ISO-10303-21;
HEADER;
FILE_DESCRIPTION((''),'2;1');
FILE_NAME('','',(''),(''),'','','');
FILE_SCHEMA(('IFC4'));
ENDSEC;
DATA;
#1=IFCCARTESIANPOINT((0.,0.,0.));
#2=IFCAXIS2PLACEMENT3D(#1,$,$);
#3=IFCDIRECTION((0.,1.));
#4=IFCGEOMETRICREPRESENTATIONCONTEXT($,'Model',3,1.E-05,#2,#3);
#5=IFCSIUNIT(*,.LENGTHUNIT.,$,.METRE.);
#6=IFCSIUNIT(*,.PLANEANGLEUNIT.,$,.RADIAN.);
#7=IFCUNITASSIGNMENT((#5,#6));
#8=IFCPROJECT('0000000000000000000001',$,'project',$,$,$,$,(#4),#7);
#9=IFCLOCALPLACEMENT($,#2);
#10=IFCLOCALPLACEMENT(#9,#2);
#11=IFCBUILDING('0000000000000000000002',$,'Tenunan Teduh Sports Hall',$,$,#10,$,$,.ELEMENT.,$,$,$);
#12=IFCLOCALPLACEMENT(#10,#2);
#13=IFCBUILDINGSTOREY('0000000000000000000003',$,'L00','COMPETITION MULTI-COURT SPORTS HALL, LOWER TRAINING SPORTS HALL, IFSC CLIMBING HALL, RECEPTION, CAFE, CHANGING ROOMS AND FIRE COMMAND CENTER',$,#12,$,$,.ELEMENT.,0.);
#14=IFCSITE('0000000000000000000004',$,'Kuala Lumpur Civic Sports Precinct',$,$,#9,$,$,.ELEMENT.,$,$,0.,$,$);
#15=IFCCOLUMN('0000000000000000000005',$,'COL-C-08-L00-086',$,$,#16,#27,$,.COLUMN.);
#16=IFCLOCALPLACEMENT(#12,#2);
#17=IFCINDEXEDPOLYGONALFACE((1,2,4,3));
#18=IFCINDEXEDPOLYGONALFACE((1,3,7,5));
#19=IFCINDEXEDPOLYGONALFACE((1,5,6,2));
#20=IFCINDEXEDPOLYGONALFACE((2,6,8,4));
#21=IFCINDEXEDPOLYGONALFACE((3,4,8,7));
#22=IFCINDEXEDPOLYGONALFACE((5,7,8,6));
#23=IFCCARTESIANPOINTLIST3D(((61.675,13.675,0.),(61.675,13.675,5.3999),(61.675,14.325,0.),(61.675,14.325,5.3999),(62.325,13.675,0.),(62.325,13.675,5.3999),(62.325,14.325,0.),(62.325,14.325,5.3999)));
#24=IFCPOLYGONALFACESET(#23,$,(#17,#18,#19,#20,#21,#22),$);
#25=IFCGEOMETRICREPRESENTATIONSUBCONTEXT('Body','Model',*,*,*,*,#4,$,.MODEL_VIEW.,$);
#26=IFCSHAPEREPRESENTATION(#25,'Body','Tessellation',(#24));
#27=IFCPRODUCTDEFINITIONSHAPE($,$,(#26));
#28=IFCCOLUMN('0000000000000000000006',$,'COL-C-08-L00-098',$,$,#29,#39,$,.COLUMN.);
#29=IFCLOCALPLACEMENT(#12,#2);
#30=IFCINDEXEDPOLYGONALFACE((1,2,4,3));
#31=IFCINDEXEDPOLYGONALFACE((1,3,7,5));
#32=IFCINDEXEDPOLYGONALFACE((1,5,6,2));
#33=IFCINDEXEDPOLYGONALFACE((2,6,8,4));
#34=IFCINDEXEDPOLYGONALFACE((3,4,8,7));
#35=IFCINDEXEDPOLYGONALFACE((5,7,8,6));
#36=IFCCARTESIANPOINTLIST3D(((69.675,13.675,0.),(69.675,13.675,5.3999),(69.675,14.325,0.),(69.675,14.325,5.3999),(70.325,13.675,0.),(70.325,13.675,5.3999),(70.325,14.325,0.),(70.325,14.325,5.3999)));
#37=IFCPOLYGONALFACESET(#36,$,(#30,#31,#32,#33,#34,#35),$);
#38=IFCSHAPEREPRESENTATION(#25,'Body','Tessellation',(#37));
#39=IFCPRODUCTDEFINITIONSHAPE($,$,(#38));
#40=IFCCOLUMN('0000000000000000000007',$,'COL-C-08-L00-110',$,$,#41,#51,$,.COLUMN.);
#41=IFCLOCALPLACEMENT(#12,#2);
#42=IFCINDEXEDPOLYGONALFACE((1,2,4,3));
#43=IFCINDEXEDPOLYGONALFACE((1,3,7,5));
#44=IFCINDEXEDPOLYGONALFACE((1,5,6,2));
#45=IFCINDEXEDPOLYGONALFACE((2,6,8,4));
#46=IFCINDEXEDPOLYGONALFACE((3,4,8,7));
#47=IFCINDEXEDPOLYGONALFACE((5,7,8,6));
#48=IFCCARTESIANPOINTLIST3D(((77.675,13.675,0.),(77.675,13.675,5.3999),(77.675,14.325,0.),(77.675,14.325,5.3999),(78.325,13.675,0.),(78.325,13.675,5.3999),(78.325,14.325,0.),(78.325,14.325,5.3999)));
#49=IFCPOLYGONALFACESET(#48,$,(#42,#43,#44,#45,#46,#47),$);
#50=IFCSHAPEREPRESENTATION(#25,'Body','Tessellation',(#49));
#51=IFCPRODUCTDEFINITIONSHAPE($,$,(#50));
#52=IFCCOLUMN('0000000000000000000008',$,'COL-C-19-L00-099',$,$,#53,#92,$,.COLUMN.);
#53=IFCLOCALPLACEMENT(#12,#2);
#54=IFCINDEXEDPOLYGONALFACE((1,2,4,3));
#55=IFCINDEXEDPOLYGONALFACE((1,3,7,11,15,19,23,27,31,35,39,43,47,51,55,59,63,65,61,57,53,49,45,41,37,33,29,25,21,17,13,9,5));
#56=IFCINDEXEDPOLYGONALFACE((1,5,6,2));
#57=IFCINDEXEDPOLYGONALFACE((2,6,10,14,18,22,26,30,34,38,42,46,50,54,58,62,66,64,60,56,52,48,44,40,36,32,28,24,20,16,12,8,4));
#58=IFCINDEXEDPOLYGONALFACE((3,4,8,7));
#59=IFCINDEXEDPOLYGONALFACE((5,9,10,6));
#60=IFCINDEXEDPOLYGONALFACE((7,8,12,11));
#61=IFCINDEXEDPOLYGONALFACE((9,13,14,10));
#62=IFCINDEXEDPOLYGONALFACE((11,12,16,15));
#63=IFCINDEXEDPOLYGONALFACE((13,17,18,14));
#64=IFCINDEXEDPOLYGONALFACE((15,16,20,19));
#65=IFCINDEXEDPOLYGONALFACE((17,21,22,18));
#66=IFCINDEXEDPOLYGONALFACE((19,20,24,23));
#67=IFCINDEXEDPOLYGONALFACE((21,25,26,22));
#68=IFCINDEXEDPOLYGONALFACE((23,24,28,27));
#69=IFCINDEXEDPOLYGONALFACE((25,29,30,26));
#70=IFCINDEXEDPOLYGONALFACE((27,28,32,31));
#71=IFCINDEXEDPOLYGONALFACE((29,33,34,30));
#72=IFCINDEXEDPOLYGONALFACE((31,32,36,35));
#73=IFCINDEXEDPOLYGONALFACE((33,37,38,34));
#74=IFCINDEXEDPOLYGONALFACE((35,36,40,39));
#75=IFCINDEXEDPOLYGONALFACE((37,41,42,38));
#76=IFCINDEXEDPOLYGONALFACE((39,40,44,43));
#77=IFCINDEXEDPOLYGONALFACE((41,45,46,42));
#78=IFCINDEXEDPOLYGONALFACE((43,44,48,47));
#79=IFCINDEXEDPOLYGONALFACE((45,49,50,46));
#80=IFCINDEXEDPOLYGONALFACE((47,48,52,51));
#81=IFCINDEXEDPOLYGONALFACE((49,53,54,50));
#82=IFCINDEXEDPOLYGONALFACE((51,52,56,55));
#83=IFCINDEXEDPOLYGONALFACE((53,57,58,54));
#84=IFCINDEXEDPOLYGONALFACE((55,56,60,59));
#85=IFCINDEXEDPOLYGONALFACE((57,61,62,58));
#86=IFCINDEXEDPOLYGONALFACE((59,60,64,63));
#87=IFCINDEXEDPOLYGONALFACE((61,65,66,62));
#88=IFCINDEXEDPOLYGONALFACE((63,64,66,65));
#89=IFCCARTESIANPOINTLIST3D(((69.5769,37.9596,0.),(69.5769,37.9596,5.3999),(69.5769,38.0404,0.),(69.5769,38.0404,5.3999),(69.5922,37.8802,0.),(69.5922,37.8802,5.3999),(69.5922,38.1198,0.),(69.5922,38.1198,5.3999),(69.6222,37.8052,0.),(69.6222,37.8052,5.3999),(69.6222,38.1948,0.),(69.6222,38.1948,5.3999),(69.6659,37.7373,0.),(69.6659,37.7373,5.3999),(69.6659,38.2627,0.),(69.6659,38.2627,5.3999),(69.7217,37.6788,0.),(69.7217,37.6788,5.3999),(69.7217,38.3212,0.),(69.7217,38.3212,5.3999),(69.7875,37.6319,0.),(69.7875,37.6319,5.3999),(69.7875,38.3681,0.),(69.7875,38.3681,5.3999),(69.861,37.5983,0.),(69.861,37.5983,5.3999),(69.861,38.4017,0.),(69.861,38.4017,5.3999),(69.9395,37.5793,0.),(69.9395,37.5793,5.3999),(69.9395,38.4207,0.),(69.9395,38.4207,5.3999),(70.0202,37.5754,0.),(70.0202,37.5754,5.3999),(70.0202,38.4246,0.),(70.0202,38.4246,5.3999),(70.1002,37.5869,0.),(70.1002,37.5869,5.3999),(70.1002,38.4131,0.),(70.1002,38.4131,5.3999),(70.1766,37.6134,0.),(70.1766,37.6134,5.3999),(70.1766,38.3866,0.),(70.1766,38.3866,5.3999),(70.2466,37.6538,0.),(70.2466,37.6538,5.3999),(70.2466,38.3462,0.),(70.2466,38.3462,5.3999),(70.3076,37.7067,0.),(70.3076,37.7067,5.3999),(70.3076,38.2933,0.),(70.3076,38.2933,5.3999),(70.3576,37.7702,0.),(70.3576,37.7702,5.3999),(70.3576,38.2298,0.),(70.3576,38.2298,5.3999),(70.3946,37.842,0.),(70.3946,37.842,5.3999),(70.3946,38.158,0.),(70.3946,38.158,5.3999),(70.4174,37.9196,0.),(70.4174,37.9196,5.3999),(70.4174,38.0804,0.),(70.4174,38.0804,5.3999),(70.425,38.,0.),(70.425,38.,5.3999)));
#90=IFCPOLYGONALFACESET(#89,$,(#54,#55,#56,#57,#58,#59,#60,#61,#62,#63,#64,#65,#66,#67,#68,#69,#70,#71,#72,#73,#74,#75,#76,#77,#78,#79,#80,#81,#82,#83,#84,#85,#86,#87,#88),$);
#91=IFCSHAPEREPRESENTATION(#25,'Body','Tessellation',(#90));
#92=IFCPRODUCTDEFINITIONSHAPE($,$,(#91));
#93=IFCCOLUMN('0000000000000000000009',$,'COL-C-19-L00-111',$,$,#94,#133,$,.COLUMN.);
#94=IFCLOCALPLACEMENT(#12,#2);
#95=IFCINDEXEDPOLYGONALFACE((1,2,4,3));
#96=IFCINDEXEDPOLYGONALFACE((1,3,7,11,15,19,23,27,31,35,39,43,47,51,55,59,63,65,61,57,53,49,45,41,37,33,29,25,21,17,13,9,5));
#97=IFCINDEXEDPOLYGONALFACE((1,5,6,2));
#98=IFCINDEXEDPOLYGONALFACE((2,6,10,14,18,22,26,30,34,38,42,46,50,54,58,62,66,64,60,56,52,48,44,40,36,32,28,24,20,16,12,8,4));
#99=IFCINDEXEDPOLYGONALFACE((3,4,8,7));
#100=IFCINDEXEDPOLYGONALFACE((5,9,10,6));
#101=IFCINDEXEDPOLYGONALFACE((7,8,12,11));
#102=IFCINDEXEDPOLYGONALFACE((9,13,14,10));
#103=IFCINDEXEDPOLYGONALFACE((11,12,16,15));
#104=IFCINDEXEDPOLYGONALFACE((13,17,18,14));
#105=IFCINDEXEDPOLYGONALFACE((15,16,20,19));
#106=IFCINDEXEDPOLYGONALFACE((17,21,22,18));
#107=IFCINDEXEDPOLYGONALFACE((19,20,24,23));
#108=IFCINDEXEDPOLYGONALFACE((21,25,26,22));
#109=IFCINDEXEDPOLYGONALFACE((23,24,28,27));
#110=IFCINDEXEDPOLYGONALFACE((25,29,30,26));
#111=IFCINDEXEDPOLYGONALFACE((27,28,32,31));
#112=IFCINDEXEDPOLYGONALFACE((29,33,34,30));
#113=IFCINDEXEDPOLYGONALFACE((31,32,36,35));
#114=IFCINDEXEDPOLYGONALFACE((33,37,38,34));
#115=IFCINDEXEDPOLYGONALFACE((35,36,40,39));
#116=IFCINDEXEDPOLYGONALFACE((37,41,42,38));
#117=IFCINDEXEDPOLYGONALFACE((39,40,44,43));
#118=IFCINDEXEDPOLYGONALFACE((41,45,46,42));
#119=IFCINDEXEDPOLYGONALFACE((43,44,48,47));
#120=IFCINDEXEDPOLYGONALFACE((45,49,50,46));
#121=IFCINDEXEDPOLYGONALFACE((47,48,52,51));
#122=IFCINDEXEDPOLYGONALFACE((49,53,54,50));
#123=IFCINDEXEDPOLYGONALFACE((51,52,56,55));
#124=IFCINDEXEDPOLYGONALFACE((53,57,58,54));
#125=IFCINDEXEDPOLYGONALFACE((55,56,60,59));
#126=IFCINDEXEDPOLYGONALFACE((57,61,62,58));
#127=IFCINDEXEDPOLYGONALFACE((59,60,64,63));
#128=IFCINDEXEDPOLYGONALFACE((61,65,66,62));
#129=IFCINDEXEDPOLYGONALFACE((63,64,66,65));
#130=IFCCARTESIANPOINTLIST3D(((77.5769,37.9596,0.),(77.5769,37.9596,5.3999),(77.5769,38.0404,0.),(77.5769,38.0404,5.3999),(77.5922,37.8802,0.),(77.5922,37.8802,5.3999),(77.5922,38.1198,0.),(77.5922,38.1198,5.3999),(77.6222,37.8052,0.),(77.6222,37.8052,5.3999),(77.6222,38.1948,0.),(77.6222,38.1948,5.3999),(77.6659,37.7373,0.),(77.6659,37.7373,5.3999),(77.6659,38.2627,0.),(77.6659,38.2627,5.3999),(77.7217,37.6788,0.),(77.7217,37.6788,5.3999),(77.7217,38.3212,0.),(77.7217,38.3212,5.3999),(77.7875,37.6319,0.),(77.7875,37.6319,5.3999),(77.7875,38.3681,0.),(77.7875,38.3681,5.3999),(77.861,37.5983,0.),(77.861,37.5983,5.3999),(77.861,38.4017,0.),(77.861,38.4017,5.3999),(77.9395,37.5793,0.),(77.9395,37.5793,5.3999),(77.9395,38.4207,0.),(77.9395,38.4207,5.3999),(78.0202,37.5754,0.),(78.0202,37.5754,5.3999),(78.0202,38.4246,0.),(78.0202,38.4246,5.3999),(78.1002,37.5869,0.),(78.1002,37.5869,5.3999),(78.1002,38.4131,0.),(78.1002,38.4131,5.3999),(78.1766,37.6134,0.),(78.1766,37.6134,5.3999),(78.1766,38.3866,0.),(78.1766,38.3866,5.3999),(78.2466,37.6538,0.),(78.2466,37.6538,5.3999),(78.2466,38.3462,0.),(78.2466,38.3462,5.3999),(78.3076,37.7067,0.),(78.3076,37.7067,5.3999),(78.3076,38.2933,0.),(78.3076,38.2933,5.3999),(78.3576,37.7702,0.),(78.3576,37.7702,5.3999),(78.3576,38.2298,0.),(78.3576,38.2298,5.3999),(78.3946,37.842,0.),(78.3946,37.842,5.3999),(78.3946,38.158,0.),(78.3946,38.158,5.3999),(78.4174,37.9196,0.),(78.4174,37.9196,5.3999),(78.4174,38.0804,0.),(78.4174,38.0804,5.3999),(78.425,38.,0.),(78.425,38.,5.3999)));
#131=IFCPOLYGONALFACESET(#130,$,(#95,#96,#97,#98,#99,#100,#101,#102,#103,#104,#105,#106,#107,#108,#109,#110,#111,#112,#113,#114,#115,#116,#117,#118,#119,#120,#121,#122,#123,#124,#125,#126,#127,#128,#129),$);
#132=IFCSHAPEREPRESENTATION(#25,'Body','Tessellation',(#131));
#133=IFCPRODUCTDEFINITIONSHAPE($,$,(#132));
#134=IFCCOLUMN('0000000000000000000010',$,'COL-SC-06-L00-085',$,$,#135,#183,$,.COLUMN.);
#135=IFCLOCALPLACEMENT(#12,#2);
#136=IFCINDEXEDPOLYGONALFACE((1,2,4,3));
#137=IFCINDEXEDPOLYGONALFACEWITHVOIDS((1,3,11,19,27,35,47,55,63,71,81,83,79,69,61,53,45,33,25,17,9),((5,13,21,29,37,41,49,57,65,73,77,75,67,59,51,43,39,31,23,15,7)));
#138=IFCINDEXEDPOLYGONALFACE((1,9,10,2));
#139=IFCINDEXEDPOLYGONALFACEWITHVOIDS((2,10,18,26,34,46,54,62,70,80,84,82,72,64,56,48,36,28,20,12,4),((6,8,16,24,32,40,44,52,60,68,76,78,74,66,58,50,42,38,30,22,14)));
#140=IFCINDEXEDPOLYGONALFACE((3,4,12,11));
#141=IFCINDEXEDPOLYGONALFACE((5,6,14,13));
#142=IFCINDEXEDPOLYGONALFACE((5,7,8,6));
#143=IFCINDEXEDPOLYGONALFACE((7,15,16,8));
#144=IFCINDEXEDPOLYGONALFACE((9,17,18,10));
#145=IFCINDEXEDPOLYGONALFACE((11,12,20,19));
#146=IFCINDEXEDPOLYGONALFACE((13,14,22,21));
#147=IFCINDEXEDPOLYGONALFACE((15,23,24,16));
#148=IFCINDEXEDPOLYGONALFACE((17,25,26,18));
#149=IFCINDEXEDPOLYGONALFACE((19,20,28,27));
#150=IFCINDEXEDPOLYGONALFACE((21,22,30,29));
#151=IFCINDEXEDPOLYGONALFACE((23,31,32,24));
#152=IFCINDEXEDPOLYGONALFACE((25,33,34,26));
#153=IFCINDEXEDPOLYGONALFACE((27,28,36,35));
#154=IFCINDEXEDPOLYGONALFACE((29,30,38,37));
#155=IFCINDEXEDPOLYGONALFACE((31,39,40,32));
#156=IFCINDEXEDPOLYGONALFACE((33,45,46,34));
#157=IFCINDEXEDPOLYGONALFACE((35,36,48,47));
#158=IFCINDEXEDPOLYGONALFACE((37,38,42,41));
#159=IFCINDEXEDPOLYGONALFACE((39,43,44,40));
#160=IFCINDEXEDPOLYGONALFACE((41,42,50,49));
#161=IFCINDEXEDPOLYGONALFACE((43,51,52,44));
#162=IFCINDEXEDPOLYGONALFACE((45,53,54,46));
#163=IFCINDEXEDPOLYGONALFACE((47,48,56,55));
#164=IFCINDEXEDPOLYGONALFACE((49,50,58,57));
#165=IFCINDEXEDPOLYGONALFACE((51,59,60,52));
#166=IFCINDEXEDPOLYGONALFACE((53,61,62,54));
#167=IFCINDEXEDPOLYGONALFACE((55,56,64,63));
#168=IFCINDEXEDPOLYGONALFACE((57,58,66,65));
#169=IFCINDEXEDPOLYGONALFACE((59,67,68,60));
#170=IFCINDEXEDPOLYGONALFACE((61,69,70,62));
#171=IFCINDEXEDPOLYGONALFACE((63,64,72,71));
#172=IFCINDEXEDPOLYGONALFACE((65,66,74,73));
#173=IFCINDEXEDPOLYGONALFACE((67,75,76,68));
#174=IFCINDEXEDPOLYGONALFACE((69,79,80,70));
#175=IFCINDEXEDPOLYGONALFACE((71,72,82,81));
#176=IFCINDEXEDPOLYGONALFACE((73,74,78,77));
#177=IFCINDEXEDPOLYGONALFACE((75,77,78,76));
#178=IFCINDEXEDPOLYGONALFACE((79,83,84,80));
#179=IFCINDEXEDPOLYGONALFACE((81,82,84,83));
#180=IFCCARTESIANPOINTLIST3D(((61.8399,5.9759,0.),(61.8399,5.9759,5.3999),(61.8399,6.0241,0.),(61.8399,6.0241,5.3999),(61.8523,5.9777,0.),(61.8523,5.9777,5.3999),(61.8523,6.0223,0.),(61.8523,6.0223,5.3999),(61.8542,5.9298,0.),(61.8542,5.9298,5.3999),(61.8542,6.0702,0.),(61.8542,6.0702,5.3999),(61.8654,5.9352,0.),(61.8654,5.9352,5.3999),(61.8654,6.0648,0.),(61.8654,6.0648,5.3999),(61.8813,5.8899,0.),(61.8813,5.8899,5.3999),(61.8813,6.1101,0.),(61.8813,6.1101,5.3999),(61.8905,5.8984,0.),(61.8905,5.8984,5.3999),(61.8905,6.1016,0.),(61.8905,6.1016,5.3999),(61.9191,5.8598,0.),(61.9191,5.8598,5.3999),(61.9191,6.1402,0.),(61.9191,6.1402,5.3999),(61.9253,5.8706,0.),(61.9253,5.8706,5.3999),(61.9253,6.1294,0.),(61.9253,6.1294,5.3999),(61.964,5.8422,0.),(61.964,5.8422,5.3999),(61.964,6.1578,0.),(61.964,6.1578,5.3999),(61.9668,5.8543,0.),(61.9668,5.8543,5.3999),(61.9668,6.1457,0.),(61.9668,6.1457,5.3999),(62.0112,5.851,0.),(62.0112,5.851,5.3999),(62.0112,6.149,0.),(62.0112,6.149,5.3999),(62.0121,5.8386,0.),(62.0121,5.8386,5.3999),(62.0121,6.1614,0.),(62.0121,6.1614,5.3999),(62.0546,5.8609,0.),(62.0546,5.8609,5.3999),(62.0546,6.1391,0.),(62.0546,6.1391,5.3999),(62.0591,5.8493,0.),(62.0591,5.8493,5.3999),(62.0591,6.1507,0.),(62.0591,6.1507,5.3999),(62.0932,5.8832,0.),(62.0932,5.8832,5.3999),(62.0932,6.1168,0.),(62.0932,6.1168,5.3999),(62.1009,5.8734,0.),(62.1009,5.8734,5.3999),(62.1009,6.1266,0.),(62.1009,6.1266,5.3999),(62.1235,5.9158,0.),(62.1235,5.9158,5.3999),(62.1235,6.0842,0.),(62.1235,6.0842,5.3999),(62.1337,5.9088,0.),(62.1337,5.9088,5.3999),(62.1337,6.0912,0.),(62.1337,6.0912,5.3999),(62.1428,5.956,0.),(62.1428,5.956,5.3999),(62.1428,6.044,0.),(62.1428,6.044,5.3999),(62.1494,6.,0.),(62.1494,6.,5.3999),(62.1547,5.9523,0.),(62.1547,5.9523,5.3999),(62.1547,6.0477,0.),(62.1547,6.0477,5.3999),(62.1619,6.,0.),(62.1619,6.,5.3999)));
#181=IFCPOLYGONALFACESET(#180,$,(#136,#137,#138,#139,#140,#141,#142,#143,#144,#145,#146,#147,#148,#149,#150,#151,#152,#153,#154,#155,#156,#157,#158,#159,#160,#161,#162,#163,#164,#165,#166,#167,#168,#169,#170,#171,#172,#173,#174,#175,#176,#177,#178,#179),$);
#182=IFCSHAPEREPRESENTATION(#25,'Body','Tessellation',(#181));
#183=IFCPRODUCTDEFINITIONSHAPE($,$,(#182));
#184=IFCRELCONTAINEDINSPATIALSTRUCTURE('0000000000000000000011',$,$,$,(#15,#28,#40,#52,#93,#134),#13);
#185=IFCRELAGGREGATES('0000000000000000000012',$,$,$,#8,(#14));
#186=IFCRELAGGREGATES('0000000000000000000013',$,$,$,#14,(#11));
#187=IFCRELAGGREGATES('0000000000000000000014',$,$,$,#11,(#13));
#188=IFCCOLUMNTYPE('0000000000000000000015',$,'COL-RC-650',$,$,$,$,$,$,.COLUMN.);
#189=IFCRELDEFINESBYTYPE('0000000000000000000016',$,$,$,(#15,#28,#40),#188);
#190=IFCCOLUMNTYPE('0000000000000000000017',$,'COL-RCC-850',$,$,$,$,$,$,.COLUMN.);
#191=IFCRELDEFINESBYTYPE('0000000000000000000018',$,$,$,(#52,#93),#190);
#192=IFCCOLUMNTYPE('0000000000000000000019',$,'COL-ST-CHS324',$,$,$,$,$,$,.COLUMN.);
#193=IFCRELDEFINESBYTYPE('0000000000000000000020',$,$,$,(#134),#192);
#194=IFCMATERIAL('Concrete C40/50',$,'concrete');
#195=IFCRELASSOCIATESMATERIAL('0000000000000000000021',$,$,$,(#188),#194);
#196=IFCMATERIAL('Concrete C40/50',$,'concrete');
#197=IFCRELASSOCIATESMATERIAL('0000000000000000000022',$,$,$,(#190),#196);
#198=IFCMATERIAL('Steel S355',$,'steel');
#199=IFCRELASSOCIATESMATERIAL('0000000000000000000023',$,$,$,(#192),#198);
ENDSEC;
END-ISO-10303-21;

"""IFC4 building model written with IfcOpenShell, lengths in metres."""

from ifc_helpers import new_model, si_unit, direction, frame, origin, origin_2d, place, context, subcontext, project, spatial, rectangle, circle, hollow_circle, extrude, material, material_profile, profile_set, type_object, element, save


model = new_model("IFC4")

# Units and contexts
model_context = context("Model", 3, precision=1e-05, world=origin(), true_north=direction((0.0, 1.0)))
body_context = subcontext(model_context, "Body", "Model", "MODEL_VIEW")
ifc_project = project(units=[si_unit("LENGTHUNIT", "METRE"), si_unit("PLANEANGLEUNIT", "RADIAN")], contexts=[model_context])

# Site, building, storey
site_placement = place(None, origin())
site = spatial("IfcSite", under=ifc_project, at=site_placement, Name="Kuala Lumpur Civic Sports Precinct", CompositionType="ELEMENT", RefElevation=0.0)
building_placement = place(site_placement, origin())
building = spatial("IfcBuilding", under=site, at=building_placement, Name="Tenunan Teduh Sports Hall", CompositionType="ELEMENT")
storey_placement = place(building_placement, origin())
storey = spatial("IfcBuildingStorey", under=building, at=storey_placement, Name="L00", Description="COMPETITION MULTI-COURT SPORTS HALL, LOWER TRAINING SPORTS HALL, IFSC CLIMBING HALL, RECEPTION, CAFE, CHANGING ROOMS AND FIRE COMMAND CENTER", CompositionType="ELEMENT", Elevation=0.0)

# Columns
ifc_material_1 = material(Name="Concrete C40/50", Category="concrete")
ifc_material_profile_1 = material_profile(ifc_material_1, rectangle(XDim=0.6499, YDim=0.6499, at=origin_2d()), Name="RC 650x650")
ifc_profile_set_1 = profile_set([ifc_material_profile_1], Name="Concrete C40/50")
column_type_1 = type_object("IfcColumnType", Name="COL-RC-650", PredefinedType="COLUMN", material=ifc_profile_set_1)
for number, where, z_axis, x_axis, name in (
    (1, (62.0, 14.0, 0.0), (0.0, 0.0, 1.0), (1.0, 0.0, 0.0), "COL-C-08-L00-086"),
    (2, (70.0, 14.0, 0.0), (0.0, 0.0, 1.0), (1.0, 0.0, 0.0), "COL-C-08-L00-098"),
    (3, (78.0, 14.0, 0.0), (0.0, 0.0, 1.0), (1.0, 0.0, 0.0), "COL-C-08-L00-110"),
):
    element("IfcColumn", number, at=place(storey_placement, frame(where, z_axis=z_axis, x_axis=x_axis)), inside=storey, type_object=column_type_1, Name=name, PredefinedType="COLUMN", context=body_context, shape_type="SweptSolid", body=[
        extrude(rectangle(XDim=0.6499, YDim=0.6499, at=origin_2d()), origin(), (0.0, 0.0, 1.0), 5.3999),
    ])
ifc_material_2 = material(Name="Concrete C40/50", Category="concrete")
ifc_material_profile_2 = material_profile(ifc_material_2, circle(Radius=0.425, at=origin_2d()), Name="RCC D850")
ifc_profile_set_2 = profile_set([ifc_material_profile_2], Name="Concrete C40/50")
column_type_2 = type_object("IfcColumnType", Name="COL-RCC-850", PredefinedType="COLUMN", material=ifc_profile_set_2)
for number, where, z_axis, x_axis, name in (
    (4, (70.0, 38.0, 0.0), (0.0, 0.0, 1.0), (1.0, 0.0, 0.0), "COL-C-19-L00-099"),
    (5, (78.0, 38.0, 0.0), (0.0, 0.0, 1.0), (1.0, 0.0, 0.0), "COL-C-19-L00-111"),
):
    element("IfcColumn", number, at=place(storey_placement, frame(where, z_axis=z_axis, x_axis=x_axis)), inside=storey, type_object=column_type_2, Name=name, PredefinedType="COLUMN", context=body_context, shape_type="SweptSolid", body=[
        extrude(circle(Radius=0.425, at=origin_2d()), origin(), (0.0, 0.0, 1.0), 5.3999),
    ])
ifc_material_3 = material(Name="Steel S355", Category="steel")
ifc_material_profile_3 = material_profile(ifc_material_3, hollow_circle(Radius=0.1619, WallThickness=0.0125, at=origin_2d()), Name="CHS 323.9x12.5")
ifc_profile_set_3 = profile_set([ifc_material_profile_3], Name="Steel S355")
column_type_3 = type_object("IfcColumnType", Name="COL-ST-CHS324", PredefinedType="COLUMN", material=ifc_profile_set_3)
for number, where, z_axis, x_axis, name in (
    (6, (62.0, 6.0, 0.0), (0.0, 0.0, 1.0), (1.0, 0.0, 0.0), "COL-SC-06-L00-085"),
):
    element("IfcColumn", number, at=place(storey_placement, frame(where, z_axis=z_axis, x_axis=x_axis)), inside=storey, type_object=column_type_3, Name=name, PredefinedType="COLUMN", context=body_context, shape_type="SweptSolid", body=[
        extrude(hollow_circle(Radius=0.1619, WallThickness=0.0125, at=origin_2d()), origin(), (0.0, 0.0, 1.0), 5.3999),
    ])

save(model, "model.ifc")
